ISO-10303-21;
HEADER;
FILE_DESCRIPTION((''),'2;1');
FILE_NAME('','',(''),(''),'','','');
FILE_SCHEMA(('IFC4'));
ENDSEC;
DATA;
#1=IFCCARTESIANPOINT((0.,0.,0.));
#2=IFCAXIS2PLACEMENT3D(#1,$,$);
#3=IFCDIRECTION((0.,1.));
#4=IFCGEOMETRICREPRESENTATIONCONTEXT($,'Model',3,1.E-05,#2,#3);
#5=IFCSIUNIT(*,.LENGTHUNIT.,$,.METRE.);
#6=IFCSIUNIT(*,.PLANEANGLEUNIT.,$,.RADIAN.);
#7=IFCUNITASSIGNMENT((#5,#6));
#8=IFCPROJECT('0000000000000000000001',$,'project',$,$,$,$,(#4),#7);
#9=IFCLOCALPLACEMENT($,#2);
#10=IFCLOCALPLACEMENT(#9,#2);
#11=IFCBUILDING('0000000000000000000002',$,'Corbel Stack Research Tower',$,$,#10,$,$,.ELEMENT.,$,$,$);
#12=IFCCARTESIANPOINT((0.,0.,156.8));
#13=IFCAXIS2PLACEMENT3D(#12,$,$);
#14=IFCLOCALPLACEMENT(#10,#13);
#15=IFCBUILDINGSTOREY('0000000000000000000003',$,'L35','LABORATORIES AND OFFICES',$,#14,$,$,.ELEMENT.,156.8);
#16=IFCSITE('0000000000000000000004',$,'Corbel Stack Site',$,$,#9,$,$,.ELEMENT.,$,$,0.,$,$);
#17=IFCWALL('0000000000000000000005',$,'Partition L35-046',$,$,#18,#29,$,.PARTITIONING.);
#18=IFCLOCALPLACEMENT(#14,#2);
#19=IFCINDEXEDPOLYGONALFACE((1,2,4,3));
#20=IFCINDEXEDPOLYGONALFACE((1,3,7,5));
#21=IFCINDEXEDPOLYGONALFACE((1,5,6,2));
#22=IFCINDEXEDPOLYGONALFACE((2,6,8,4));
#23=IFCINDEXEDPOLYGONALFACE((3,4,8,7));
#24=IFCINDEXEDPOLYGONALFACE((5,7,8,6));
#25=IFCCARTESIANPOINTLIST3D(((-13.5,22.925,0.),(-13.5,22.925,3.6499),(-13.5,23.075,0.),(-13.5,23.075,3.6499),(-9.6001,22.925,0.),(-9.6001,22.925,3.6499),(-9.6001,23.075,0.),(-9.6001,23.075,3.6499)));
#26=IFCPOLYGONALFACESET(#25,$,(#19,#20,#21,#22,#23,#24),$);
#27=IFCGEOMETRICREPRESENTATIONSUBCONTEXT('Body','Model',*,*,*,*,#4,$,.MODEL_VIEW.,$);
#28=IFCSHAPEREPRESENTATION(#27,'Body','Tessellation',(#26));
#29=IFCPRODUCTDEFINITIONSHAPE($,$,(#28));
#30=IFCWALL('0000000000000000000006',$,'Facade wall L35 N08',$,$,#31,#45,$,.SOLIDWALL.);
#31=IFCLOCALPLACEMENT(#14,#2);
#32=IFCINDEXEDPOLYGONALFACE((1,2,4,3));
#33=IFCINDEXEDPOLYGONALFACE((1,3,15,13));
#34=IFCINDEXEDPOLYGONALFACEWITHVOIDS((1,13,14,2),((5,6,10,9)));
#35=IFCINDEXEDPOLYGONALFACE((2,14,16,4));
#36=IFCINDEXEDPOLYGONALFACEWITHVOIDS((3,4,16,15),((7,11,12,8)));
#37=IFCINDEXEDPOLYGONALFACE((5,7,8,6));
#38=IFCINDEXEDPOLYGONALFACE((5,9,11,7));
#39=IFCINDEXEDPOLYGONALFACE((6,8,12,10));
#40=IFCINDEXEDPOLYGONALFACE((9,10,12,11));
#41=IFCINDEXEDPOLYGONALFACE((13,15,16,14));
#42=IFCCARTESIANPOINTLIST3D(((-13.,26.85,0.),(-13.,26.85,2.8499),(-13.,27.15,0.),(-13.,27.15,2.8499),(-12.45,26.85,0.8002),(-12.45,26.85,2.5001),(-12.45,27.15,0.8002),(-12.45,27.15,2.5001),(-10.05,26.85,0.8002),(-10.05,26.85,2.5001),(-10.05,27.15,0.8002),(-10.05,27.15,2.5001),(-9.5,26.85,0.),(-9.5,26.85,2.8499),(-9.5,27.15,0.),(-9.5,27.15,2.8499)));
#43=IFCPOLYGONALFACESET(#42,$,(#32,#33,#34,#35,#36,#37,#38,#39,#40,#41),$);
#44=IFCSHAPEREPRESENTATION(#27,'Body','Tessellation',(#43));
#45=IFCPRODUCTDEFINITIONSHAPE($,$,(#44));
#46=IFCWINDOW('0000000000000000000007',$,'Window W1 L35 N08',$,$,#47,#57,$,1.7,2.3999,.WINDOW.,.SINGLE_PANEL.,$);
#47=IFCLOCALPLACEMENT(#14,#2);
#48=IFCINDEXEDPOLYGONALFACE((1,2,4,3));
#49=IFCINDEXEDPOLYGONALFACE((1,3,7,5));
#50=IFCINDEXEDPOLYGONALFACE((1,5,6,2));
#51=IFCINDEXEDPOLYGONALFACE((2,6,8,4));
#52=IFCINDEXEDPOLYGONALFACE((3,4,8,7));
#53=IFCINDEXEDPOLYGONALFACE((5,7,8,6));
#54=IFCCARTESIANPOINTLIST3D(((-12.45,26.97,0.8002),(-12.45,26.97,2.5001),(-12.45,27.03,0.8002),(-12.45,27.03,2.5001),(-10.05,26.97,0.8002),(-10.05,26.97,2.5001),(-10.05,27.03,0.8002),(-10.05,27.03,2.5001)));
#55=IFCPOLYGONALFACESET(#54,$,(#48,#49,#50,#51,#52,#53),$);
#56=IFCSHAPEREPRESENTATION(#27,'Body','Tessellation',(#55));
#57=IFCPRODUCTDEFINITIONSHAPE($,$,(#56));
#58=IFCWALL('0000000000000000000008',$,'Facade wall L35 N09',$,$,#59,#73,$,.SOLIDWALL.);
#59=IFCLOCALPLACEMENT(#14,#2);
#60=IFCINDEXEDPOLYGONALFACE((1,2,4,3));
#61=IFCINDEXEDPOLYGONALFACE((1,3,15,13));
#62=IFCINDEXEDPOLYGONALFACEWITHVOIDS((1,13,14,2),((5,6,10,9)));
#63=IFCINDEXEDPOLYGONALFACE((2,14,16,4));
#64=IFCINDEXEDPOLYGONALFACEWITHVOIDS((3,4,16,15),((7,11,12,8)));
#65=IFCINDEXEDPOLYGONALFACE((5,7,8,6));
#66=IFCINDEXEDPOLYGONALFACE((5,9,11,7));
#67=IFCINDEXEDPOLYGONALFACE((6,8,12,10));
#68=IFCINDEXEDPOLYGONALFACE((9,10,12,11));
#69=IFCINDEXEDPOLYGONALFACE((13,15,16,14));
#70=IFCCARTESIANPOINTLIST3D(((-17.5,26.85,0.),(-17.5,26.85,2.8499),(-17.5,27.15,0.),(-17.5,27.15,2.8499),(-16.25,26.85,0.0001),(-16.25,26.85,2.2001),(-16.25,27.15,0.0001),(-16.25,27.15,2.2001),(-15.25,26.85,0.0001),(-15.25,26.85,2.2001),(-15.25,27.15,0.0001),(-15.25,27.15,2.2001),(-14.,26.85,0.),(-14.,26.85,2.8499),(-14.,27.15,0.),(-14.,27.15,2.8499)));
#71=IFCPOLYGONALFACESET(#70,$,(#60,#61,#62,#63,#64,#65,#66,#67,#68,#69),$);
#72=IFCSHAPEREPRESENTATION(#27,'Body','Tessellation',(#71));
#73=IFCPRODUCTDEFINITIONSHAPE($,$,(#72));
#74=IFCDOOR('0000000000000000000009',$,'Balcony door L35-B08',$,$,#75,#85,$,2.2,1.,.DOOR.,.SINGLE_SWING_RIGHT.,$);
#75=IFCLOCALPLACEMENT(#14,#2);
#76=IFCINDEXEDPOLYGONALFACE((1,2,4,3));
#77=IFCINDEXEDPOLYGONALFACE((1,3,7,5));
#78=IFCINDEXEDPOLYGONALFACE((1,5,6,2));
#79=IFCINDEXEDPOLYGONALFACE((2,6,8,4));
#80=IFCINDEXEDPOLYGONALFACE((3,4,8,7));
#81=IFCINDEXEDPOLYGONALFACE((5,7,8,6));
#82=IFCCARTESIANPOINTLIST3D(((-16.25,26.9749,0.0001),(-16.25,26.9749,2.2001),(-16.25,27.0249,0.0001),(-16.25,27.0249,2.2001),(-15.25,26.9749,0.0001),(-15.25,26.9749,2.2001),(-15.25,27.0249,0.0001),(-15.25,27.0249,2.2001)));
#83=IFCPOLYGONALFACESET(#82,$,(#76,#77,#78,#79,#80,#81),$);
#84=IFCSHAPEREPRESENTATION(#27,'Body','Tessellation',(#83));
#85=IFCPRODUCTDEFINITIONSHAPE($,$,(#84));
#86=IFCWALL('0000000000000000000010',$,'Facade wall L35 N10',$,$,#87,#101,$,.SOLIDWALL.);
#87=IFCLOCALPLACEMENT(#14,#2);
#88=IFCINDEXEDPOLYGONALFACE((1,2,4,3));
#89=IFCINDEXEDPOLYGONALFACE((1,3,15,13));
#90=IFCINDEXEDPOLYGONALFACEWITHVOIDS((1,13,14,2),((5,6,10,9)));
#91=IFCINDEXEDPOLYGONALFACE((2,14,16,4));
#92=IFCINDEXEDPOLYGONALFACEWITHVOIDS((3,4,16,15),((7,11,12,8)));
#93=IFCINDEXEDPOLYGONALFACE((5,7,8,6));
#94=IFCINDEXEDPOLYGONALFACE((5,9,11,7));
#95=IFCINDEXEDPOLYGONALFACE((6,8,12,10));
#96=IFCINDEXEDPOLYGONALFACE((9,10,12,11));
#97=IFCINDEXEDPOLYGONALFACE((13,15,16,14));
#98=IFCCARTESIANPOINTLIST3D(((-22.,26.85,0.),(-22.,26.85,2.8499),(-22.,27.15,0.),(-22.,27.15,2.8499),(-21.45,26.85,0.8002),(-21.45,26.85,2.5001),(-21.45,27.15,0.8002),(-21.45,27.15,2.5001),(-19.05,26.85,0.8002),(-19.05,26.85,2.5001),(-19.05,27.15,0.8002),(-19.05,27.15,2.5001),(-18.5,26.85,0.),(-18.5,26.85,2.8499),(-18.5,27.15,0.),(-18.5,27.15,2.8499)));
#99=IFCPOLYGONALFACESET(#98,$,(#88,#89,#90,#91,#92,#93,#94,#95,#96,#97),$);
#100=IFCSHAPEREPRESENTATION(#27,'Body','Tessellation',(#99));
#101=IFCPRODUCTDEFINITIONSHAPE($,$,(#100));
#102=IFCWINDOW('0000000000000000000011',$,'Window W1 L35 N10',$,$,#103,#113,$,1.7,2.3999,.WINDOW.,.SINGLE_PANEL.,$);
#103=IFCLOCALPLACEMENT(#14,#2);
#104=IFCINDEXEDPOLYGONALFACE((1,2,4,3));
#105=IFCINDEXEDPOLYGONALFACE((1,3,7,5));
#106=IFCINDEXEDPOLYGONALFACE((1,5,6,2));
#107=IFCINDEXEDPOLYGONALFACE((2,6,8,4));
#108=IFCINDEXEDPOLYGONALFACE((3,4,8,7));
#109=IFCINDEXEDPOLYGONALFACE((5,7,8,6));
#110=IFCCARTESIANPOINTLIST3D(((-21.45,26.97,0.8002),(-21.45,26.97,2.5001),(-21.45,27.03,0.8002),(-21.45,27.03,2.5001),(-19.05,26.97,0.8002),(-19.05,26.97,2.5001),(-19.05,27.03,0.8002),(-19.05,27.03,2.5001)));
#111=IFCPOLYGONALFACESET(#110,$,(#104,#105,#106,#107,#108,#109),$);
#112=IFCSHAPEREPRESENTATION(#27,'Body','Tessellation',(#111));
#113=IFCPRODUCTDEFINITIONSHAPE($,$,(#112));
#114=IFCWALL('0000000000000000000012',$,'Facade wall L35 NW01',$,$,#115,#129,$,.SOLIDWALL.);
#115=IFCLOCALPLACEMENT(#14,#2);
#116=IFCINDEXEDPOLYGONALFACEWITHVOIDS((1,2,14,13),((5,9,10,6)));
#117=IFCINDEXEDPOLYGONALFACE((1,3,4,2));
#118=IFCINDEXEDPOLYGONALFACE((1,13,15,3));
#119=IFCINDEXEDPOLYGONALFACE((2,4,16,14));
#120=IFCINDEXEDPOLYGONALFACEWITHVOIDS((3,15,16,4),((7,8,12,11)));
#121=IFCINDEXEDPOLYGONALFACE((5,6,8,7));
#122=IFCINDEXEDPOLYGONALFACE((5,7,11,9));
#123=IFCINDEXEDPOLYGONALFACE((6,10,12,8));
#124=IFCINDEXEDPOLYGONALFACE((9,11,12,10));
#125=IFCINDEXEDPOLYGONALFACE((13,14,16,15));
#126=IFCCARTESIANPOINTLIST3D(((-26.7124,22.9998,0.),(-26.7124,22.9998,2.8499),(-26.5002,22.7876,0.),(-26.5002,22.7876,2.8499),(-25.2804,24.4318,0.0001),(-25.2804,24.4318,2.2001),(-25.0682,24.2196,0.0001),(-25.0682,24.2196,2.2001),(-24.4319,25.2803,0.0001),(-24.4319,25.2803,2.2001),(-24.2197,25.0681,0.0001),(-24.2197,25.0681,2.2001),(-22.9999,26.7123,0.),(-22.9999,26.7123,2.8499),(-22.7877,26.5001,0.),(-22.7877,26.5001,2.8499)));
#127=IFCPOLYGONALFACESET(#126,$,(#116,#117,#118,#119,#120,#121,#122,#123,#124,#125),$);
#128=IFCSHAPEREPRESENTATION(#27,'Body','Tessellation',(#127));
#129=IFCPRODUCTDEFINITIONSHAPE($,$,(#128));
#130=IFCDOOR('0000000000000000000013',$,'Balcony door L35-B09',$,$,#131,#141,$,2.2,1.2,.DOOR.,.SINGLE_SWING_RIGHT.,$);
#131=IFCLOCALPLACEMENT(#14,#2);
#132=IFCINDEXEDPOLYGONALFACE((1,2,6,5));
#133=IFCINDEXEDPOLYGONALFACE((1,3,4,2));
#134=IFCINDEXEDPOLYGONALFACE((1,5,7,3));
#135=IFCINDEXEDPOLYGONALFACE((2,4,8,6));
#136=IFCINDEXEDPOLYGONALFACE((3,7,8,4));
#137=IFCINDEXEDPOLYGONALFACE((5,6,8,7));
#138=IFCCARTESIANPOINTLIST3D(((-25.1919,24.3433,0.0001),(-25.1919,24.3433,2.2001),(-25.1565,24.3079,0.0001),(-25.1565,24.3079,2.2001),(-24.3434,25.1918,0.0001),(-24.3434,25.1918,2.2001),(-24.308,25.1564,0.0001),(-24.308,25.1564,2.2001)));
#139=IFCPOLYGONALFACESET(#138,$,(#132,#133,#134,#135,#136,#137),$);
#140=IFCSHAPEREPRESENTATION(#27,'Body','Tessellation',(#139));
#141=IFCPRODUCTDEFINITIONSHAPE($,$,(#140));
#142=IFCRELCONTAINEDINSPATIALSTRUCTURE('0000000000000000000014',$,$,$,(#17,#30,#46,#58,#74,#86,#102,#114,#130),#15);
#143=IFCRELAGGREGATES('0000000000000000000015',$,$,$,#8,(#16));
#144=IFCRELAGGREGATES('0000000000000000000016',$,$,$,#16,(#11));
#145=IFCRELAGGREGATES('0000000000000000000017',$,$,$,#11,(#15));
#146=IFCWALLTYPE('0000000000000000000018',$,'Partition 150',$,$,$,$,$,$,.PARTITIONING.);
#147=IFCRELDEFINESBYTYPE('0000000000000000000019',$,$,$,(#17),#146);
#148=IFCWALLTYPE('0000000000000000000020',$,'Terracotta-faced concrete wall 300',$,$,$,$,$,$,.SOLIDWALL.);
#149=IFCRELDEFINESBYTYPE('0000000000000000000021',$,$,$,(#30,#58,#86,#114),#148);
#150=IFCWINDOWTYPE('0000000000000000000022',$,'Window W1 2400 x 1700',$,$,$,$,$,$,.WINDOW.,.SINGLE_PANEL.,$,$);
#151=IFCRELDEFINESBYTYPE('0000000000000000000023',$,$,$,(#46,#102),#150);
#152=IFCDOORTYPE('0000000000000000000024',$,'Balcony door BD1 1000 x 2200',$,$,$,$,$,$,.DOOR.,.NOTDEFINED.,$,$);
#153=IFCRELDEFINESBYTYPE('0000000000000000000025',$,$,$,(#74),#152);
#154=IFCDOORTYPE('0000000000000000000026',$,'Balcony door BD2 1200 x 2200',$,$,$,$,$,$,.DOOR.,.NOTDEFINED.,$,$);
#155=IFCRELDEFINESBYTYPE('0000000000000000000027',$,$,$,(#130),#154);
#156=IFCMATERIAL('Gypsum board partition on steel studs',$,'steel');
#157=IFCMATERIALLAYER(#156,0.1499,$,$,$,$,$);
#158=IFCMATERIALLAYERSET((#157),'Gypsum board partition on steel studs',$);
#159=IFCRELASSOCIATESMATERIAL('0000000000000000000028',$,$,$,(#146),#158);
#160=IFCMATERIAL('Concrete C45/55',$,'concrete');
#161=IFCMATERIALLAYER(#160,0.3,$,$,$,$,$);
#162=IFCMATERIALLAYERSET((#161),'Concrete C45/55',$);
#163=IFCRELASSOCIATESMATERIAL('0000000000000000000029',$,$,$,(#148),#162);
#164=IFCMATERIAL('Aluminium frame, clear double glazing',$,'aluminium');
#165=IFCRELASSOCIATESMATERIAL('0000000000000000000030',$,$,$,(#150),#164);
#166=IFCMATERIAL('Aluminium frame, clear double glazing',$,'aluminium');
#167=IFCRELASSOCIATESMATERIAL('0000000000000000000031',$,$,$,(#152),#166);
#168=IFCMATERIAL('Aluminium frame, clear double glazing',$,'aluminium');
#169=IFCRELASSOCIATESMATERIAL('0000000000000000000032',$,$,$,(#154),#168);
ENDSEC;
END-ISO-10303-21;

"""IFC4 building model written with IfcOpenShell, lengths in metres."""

from ifc_helpers import new_model, si_unit, direction, frame, frame_2d, origin, place, context, subcontext, project, spatial, rectangle, extrude, material, layer, layer_set, type_object, element, fill, save


model = new_model("IFC4")

# Units and contexts
model_context = context("Model", 3, precision=1e-05, world=origin(), true_north=direction((0.0, 1.0)))
body_context = subcontext(model_context, "Body", "Model", "MODEL_VIEW")
ifc_project = project(units=[si_unit("LENGTHUNIT", "METRE"), si_unit("PLANEANGLEUNIT", "RADIAN")], contexts=[model_context])

# Site, building, storey
site_placement = place(None, origin())
site = spatial("IfcSite", under=ifc_project, at=site_placement, Name="Corbel Stack Site", CompositionType="ELEMENT", RefElevation=0.0)
building_placement = place(site_placement, origin())
building = spatial("IfcBuilding", under=site, at=building_placement, Name="Corbel Stack Research Tower", CompositionType="ELEMENT")
storey_placement = place(building_placement, frame((0.0, 0.0, 156.8)))
storey = spatial("IfcBuildingStorey", under=building, at=storey_placement, Name="L35", Description="LABORATORIES AND OFFICES", CompositionType="ELEMENT", Elevation=156.8)

# Wall
ifc_material_1 = material(Name="Gypsum board partition on steel studs", Category="steel")
ifc_layer_1 = layer(ifc_material_1, 0.1499)
ifc_layer_set_1 = layer_set([ifc_layer_1], Name="Gypsum board partition on steel studs")
wall_type_1 = type_object("IfcWallType", Name="Partition 150", PredefinedType="PARTITIONING", material=ifc_layer_set_1)
wall_1_placement = place(storey_placement, frame((-13.5, 23.0, 0.0), z_axis=(0.0, 0.0, 1.0), x_axis=(1.0, 0.0, 0.0)))
element("IfcWall", 1, at=wall_1_placement, inside=storey, type_object=wall_type_1, Name="Partition L35-046", PredefinedType="PARTITIONING", context=body_context, shape_type="SweptSolid", body=[
    extrude(rectangle(XDim=3.8999, YDim=0.1499, at=frame_2d((1.95, 0.0))), origin(), (0.0, 0.0, 1.0), 3.6499),
])

# Wall, opening, window
ifc_material_2 = material(Name="Concrete C45/55", Category="concrete")
ifc_layer_2 = layer(ifc_material_2, 0.3)
ifc_layer_set_2 = layer_set([ifc_layer_2], Name="Concrete C45/55")
wall_type_2 = type_object("IfcWallType", Name="Terracotta-faced concrete wall 300", PredefinedType="SOLIDWALL", material=ifc_layer_set_2)
wall_2_placement = place(storey_placement, frame((-13.0, 27.0, 0.0), z_axis=(0.0, 0.0, 1.0), x_axis=(1.0, 0.0, 0.0)))
wall_2 = element("IfcWall", 2, at=wall_2_placement, inside=storey, type_object=wall_type_2, Name="Facade wall L35 N08", PredefinedType="SOLIDWALL", context=body_context, shape_type="SweptSolid", body=[
    extrude(rectangle(XDim=3.5, YDim=0.3, at=frame_2d((1.75, 0.0))), origin(), (0.0, 0.0, 1.0), 2.8499),
])
opening_1_placement = place(wall_2_placement, frame((0.55, 0.0, 0.8)))
opening_1 = element("IfcOpeningElement", 3, at=opening_1_placement, cuts=wall_2, PredefinedType="OPENING", context=body_context, shape_type="SweptSolid", body=[
    extrude(rectangle(XDim=2.3999, YDim=1.7, at=frame_2d((1.2, 0.8501))), frame((0.0, 0.1599, 0.0), z_axis=(0.0, -1.0, 0.0), x_axis=(1.0, 0.0, 0.0)), (0.0, 0.0, 1.0), 0.3201),
])
ifc_material_3 = material(Name="Aluminium frame, clear double glazing", Category="aluminium")
window_type = type_object("IfcWindowType", Name="Window W1 2400 x 1700", PartitioningType="SINGLE_PANEL", PredefinedType="WINDOW", material=ifc_material_3)
window_1_placement = place(opening_1_placement, origin())
window_1 = element("IfcWindow", 4, at=window_1_placement, inside=storey, type_object=window_type, Name="Window W1 L35 N08", OverallHeight=1.7, OverallWidth=2.3999, PartitioningType="SINGLE_PANEL", PredefinedType="WINDOW", context=body_context, shape_type="SweptSolid", body=[
    extrude(rectangle(XDim=2.3999, YDim=1.7, at=frame_2d((1.2, 0.8501))), frame((0.0, 0.03, 0.0), z_axis=(0.0, -1.0, 0.0), x_axis=(1.0, 0.0, 0.0)), (0.0, 0.0, 1.0), 0.0601),
])
fill(opening_1, window_1)

# Wall, opening, door
wall_3_placement = place(storey_placement, frame((-17.5, 27.0, 0.0), z_axis=(0.0, 0.0, 1.0), x_axis=(1.0, 0.0, 0.0)))
wall_3 = element("IfcWall", 5, at=wall_3_placement, inside=storey, type_object=wall_type_2, Name="Facade wall L35 N09", PredefinedType="SOLIDWALL", context=body_context, shape_type="SweptSolid", body=[
    extrude(rectangle(XDim=3.5, YDim=0.3, at=frame_2d((1.75, 0.0))), origin(), (0.0, 0.0, 1.0), 2.8499),
])
opening_2_placement = place(wall_3_placement, frame((1.25, 0.0, 0.0)))
opening_2 = element("IfcOpeningElement", 6, at=opening_2_placement, cuts=wall_3, PredefinedType="OPENING", context=body_context, shape_type="SweptSolid", body=[
    extrude(rectangle(XDim=1.0, YDim=2.2, at=frame_2d((0.5, 1.1001))), frame((0.0, 0.1599, 0.0), z_axis=(0.0, -1.0, 0.0), x_axis=(1.0, 0.0, 0.0)), (0.0, 0.0, 1.0), 0.3201),
])
ifc_material_4 = material(Name="Aluminium frame, clear double glazing", Category="aluminium")
door_type_1 = type_object("IfcDoorType", Name="Balcony door BD1 1000 x 2200", OperationType="NOTDEFINED", PredefinedType="DOOR", material=ifc_material_4)
door_1_placement = place(opening_2_placement, origin())
door_1 = element("IfcDoor", 7, at=door_1_placement, inside=storey, type_object=door_type_1, Name="Balcony door L35-B08", OperationType="SINGLE_SWING_RIGHT", OverallHeight=2.2, OverallWidth=1.0, PredefinedType="DOOR", context=body_context, shape_type="SweptSolid", body=[
    extrude(rectangle(XDim=1.0, YDim=2.2, at=frame_2d((0.5, 1.1001))), frame((0.0, 0.0249, 0.0), z_axis=(0.0, -1.0, 0.0), x_axis=(1.0, 0.0, 0.0)), (0.0, 0.0, 1.0), 0.05),
])
fill(opening_2, door_1)

# Wall, opening, window
wall_4_placement = place(storey_placement, frame((-22.0, 27.0, 0.0), z_axis=(0.0, 0.0, 1.0), x_axis=(1.0, 0.0, 0.0)))
wall_4 = element("IfcWall", 8, at=wall_4_placement, inside=storey, type_object=wall_type_2, Name="Facade wall L35 N10", PredefinedType="SOLIDWALL", context=body_context, shape_type="SweptSolid", body=[
    extrude(rectangle(XDim=3.5, YDim=0.3, at=frame_2d((1.75, 0.0))), origin(), (0.0, 0.0, 1.0), 2.8499),
])
opening_3_placement = place(wall_4_placement, frame((0.55, 0.0, 0.8)))
opening_3 = element("IfcOpeningElement", 9, at=opening_3_placement, cuts=wall_4, PredefinedType="OPENING", context=body_context, shape_type="SweptSolid", body=[
    extrude(rectangle(XDim=2.3999, YDim=1.7, at=frame_2d((1.2, 0.8501))), frame((0.0, 0.1599, 0.0), z_axis=(0.0, -1.0, 0.0), x_axis=(1.0, 0.0, 0.0)), (0.0, 0.0, 1.0), 0.3201),
])
window_2_placement = place(opening_3_placement, origin())
window_2 = element("IfcWindow", 10, at=window_2_placement, inside=storey, type_object=window_type, Name="Window W1 L35 N10", OverallHeight=1.7, OverallWidth=2.3999, PartitioningType="SINGLE_PANEL", PredefinedType="WINDOW", context=body_context, shape_type="SweptSolid", body=[
    extrude(rectangle(XDim=2.3999, YDim=1.7, at=frame_2d((1.2, 0.8501))), frame((0.0, 0.03, 0.0), z_axis=(0.0, -1.0, 0.0), x_axis=(1.0, 0.0, 0.0)), (0.0, 0.0, 1.0), 0.0601),
])
fill(opening_3, window_2)

# Wall, opening, door
wall_5_placement = place(storey_placement, frame((-26.6062, 22.8938, 0.0), z_axis=(0.0, 0.0, 1.0), x_axis=(0.707107, 0.707107, 0.0)))
wall_5 = element("IfcWall", 11, at=wall_5_placement, inside=storey, type_object=wall_type_2, Name="Facade wall L35 NW01", PredefinedType="SOLIDWALL", context=body_context, shape_type="SweptSolid", body=[
    extrude(rectangle(XDim=5.2502, YDim=0.3, at=frame_2d((2.625, 0.0))), origin(), (0.0, 0.0, 1.0), 2.8499),
])
opening_4_placement = place(wall_5_placement, frame((2.0249, 0.0, 0.0)))
opening_4 = element("IfcOpeningElement", 12, at=opening_4_placement, cuts=wall_5, PredefinedType="OPENING", context=body_context, shape_type="SweptSolid", body=[
    extrude(rectangle(XDim=1.2, YDim=2.2, at=frame_2d((0.6001, 1.1001))), frame((0.0, 0.1599, 0.0), z_axis=(0.0, -1.0, 0.0), x_axis=(1.0, 0.0, 0.0)), (0.0, 0.0, 1.0), 0.3201),
])
ifc_material_5 = material(Name="Aluminium frame, clear double glazing", Category="aluminium")
door_type_2 = type_object("IfcDoorType", Name="Balcony door BD2 1200 x 2200", OperationType="NOTDEFINED", PredefinedType="DOOR", material=ifc_material_5)
door_2_placement = place(opening_4_placement, origin())
door_2 = element("IfcDoor", 13, at=door_2_placement, inside=storey, type_object=door_type_2, Name="Balcony door L35-B09", OperationType="SINGLE_SWING_RIGHT", OverallHeight=2.2, OverallWidth=1.2, PredefinedType="DOOR", context=body_context, shape_type="SweptSolid", body=[
    extrude(rectangle(XDim=1.2, YDim=2.2, at=frame_2d((0.6001, 1.1001))), frame((0.0, 0.0249, 0.0), z_axis=(0.0, -1.0, 0.0), x_axis=(1.0, 0.0, 0.0)), (0.0, 0.0, 1.0), 0.05),
])
fill(opening_4, door_2)

save(model, "model.ifc")
